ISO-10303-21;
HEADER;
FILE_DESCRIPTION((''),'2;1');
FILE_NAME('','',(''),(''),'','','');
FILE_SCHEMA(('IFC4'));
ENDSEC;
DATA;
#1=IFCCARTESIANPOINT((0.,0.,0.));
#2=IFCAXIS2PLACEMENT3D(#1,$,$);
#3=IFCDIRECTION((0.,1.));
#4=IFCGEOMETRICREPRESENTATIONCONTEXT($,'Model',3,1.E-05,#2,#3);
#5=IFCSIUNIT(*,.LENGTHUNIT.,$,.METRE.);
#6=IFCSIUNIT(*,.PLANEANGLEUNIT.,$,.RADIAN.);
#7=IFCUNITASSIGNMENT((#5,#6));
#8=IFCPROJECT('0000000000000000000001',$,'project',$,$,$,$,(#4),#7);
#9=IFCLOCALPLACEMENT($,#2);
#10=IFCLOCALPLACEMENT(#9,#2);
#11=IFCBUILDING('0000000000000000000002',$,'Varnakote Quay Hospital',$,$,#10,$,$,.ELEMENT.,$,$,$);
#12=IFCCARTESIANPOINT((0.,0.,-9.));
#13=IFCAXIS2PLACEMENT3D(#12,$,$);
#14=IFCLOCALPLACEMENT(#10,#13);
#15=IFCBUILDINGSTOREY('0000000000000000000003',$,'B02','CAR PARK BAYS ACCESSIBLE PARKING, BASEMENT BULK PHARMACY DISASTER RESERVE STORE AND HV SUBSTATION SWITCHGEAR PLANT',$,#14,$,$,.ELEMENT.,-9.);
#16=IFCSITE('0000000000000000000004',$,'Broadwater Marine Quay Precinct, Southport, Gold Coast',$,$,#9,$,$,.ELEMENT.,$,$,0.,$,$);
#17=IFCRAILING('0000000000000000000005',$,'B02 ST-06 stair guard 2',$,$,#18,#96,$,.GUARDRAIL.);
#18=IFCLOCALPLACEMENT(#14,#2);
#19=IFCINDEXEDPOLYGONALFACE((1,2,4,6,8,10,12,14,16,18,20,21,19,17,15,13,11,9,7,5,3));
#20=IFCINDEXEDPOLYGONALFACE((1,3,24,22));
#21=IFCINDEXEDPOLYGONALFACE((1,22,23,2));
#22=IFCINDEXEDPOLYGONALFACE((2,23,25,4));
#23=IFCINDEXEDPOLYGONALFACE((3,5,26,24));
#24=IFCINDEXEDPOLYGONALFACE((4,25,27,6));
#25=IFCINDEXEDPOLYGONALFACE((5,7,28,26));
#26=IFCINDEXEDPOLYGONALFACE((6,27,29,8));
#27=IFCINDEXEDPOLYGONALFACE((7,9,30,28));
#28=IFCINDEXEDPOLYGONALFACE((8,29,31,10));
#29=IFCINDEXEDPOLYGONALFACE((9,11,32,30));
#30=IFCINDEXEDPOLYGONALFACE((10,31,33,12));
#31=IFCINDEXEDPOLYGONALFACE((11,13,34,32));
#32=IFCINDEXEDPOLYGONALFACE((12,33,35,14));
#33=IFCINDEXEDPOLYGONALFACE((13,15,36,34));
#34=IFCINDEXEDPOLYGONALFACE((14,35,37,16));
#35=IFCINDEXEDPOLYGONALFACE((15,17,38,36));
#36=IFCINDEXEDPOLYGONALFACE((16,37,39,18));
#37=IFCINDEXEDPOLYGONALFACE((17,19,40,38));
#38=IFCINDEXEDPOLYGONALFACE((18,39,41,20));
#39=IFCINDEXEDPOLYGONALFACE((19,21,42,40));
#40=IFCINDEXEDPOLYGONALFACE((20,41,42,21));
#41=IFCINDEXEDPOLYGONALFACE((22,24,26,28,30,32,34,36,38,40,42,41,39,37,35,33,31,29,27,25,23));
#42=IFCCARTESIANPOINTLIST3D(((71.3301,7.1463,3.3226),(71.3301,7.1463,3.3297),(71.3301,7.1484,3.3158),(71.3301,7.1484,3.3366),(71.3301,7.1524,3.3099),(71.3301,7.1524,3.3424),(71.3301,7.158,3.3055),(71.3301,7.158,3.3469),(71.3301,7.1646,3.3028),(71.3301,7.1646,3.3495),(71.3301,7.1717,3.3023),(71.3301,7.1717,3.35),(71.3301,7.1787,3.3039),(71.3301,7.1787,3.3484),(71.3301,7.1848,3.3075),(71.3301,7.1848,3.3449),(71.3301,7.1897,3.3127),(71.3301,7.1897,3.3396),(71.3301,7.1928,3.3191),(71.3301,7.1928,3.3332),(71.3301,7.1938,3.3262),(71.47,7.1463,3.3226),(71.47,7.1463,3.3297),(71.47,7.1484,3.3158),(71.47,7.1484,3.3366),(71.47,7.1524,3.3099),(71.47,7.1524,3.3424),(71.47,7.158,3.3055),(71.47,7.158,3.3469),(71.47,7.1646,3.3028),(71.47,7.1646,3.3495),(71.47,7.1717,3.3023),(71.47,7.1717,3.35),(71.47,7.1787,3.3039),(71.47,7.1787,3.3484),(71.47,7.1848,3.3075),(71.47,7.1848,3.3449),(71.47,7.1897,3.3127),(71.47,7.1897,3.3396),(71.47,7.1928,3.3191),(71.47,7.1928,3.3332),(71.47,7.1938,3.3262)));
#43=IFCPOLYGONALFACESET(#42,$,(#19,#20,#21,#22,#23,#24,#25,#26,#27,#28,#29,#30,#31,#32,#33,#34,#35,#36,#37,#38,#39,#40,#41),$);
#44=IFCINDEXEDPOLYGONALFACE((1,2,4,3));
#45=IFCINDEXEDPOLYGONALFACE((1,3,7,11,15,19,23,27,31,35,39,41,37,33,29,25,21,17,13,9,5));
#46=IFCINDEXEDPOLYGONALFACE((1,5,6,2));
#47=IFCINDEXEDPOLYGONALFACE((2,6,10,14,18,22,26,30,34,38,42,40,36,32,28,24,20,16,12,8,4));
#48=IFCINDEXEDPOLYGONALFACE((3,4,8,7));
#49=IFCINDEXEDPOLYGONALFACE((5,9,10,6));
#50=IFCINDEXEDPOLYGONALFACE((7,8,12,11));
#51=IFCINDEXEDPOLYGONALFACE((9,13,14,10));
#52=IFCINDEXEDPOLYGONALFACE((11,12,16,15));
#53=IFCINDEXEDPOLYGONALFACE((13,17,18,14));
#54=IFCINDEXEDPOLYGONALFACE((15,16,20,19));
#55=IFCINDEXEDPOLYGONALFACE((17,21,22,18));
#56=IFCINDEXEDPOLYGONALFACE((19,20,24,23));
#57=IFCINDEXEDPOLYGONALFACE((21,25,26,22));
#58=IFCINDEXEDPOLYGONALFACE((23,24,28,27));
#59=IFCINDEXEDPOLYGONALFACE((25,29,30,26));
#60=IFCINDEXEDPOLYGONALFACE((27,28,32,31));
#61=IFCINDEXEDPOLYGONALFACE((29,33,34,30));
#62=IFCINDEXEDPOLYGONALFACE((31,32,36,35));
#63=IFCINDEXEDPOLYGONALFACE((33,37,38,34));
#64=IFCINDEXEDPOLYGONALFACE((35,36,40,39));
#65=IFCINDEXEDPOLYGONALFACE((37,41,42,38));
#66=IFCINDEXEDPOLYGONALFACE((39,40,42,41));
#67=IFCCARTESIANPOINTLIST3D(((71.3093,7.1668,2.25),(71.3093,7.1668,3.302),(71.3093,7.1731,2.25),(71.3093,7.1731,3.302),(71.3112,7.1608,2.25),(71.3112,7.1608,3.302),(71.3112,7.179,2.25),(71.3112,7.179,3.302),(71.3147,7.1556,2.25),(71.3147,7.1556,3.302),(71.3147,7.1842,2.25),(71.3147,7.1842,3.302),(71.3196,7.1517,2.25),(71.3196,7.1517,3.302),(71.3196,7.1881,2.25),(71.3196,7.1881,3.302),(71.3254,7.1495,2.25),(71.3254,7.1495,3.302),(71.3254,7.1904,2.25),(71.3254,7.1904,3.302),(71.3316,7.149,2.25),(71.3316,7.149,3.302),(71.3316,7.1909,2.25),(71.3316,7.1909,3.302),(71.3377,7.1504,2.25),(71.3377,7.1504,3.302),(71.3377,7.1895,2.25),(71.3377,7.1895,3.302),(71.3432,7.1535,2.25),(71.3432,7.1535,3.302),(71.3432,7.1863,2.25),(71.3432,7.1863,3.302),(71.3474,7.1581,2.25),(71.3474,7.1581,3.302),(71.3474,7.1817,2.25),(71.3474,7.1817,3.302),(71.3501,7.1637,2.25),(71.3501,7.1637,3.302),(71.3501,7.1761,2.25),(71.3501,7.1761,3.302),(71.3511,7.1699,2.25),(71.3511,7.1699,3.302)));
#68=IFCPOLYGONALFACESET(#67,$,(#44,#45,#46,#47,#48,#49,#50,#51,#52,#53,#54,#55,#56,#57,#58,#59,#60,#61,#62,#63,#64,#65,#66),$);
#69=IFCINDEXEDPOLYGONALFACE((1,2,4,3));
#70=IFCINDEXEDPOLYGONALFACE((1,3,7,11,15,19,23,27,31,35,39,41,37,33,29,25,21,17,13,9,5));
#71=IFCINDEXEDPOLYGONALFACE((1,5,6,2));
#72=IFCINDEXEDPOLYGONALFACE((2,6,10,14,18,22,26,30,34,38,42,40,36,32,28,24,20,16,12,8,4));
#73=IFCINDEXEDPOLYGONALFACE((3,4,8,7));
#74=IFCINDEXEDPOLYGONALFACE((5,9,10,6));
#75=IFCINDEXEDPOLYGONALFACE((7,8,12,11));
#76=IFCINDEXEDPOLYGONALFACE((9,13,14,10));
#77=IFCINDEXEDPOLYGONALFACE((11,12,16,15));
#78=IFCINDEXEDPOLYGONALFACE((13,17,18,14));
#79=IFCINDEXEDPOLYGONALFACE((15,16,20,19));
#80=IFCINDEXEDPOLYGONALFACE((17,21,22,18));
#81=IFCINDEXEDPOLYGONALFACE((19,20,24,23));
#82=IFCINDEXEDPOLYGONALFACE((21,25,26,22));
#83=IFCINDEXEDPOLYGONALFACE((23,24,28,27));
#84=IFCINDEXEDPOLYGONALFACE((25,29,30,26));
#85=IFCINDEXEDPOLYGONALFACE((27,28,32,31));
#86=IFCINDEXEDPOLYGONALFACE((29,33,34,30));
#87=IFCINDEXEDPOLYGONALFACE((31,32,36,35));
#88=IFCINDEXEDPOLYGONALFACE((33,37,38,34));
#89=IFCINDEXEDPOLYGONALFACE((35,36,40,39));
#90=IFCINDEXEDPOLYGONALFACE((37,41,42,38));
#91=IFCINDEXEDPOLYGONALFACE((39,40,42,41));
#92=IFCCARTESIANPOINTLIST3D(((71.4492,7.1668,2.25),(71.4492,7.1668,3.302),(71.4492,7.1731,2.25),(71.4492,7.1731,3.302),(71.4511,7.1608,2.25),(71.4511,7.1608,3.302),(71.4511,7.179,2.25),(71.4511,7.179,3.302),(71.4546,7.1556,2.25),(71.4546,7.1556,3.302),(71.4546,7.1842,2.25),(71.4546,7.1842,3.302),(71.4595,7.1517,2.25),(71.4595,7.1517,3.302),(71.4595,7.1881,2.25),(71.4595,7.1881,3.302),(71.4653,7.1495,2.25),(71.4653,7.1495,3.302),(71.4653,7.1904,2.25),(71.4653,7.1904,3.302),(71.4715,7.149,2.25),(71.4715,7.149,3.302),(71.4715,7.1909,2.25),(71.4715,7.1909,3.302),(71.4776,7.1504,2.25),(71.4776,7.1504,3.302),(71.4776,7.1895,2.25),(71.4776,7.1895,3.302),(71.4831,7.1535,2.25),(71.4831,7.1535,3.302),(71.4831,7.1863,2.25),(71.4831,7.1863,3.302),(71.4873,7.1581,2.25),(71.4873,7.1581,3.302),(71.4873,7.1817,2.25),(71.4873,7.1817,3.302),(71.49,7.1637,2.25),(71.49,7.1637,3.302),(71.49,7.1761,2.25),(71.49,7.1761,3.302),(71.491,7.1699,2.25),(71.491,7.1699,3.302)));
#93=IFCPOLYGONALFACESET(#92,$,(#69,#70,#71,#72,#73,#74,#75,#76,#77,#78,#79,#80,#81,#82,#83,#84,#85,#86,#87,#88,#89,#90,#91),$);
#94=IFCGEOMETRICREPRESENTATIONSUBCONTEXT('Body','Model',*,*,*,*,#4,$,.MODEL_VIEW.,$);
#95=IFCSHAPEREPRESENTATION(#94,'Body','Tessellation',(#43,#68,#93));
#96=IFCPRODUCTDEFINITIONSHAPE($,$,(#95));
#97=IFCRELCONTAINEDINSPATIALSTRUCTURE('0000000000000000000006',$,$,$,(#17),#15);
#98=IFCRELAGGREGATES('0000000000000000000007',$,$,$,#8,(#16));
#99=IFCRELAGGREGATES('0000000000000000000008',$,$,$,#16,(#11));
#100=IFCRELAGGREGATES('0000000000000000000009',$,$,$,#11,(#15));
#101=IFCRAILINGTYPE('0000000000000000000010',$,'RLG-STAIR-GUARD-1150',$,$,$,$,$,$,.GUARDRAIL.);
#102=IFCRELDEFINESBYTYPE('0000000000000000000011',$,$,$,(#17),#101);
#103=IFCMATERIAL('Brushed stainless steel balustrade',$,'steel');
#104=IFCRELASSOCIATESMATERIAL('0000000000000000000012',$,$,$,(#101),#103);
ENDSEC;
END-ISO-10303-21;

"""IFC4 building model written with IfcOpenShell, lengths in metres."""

from ifc_helpers import new_model, si_unit, direction, frame, origin, origin_2d, place, context, subcontext, project, spatial, circle, extrude, material, type_object, element, save


model = new_model("IFC4")

# Units and contexts
model_context = context("Model", 3, precision=1e-05, world=origin(), true_north=direction((0.0, 1.0)))
body_context = subcontext(model_context, "Body", "Model", "MODEL_VIEW")
ifc_project = project(units=[si_unit("LENGTHUNIT", "METRE"), si_unit("PLANEANGLEUNIT", "RADIAN")], contexts=[model_context])

# Site, building, storey
site_placement = place(None, origin())
site = spatial("IfcSite", under=ifc_project, at=site_placement, Name="Broadwater Marine Quay Precinct, Southport, Gold Coast", CompositionType="ELEMENT", RefElevation=0.0)
building_placement = place(site_placement, origin())
building = spatial("IfcBuilding", under=site, at=building_placement, Name="Varnakote Quay Hospital", CompositionType="ELEMENT")
storey_placement = place(building_placement, frame((0.0, 0.0, -9.0)))
storey = spatial("IfcBuildingStorey", under=building, at=storey_placement, Name="B02", Description="CAR PARK BAYS ACCESSIBLE PARKING, BASEMENT BULK PHARMACY DISASTER RESERVE STORE AND HV SUBSTATION SWITCHGEAR PLANT", CompositionType="ELEMENT", Elevation=-9.0)

# Railing
ifc_material_1 = material(Name="Brushed stainless steel balustrade", Category="steel")
railing_type_1 = type_object("IfcRailingType", Name="RLG-STAIR-GUARD-1150", PredefinedType="GUARDRAIL", material=ifc_material_1)
railing_1_placement = place(storey_placement, frame((71.3301, 7.1699, 2.25)))
element("IfcRailing", 1, at=railing_1_placement, inside=storey, type_object=railing_type_1, Name="B02 ST-06 stair guard 2", PredefinedType="GUARDRAIL", context=body_context, shape_type="SweptSolid", body=[
    extrude(circle(Radius=0.0239, at=origin_2d()), frame((0.0, 0.0, 1.0762), z_axis=(1.0, 0.0, 0.0), x_axis=(0.0, 1.0, 0.0)), (0.0, 0.0, 1.0), 0.1399),
    extrude(circle(Radius=0.021, at=origin_2d()), origin(), (0.0, 0.0, 1.0), 1.052),
    extrude(circle(Radius=0.021, at=origin_2d()), frame((0.1399, 0.0, 0.0)), (0.0, 0.0, 1.0), 1.052),
])

save(model, "model.ifc")
